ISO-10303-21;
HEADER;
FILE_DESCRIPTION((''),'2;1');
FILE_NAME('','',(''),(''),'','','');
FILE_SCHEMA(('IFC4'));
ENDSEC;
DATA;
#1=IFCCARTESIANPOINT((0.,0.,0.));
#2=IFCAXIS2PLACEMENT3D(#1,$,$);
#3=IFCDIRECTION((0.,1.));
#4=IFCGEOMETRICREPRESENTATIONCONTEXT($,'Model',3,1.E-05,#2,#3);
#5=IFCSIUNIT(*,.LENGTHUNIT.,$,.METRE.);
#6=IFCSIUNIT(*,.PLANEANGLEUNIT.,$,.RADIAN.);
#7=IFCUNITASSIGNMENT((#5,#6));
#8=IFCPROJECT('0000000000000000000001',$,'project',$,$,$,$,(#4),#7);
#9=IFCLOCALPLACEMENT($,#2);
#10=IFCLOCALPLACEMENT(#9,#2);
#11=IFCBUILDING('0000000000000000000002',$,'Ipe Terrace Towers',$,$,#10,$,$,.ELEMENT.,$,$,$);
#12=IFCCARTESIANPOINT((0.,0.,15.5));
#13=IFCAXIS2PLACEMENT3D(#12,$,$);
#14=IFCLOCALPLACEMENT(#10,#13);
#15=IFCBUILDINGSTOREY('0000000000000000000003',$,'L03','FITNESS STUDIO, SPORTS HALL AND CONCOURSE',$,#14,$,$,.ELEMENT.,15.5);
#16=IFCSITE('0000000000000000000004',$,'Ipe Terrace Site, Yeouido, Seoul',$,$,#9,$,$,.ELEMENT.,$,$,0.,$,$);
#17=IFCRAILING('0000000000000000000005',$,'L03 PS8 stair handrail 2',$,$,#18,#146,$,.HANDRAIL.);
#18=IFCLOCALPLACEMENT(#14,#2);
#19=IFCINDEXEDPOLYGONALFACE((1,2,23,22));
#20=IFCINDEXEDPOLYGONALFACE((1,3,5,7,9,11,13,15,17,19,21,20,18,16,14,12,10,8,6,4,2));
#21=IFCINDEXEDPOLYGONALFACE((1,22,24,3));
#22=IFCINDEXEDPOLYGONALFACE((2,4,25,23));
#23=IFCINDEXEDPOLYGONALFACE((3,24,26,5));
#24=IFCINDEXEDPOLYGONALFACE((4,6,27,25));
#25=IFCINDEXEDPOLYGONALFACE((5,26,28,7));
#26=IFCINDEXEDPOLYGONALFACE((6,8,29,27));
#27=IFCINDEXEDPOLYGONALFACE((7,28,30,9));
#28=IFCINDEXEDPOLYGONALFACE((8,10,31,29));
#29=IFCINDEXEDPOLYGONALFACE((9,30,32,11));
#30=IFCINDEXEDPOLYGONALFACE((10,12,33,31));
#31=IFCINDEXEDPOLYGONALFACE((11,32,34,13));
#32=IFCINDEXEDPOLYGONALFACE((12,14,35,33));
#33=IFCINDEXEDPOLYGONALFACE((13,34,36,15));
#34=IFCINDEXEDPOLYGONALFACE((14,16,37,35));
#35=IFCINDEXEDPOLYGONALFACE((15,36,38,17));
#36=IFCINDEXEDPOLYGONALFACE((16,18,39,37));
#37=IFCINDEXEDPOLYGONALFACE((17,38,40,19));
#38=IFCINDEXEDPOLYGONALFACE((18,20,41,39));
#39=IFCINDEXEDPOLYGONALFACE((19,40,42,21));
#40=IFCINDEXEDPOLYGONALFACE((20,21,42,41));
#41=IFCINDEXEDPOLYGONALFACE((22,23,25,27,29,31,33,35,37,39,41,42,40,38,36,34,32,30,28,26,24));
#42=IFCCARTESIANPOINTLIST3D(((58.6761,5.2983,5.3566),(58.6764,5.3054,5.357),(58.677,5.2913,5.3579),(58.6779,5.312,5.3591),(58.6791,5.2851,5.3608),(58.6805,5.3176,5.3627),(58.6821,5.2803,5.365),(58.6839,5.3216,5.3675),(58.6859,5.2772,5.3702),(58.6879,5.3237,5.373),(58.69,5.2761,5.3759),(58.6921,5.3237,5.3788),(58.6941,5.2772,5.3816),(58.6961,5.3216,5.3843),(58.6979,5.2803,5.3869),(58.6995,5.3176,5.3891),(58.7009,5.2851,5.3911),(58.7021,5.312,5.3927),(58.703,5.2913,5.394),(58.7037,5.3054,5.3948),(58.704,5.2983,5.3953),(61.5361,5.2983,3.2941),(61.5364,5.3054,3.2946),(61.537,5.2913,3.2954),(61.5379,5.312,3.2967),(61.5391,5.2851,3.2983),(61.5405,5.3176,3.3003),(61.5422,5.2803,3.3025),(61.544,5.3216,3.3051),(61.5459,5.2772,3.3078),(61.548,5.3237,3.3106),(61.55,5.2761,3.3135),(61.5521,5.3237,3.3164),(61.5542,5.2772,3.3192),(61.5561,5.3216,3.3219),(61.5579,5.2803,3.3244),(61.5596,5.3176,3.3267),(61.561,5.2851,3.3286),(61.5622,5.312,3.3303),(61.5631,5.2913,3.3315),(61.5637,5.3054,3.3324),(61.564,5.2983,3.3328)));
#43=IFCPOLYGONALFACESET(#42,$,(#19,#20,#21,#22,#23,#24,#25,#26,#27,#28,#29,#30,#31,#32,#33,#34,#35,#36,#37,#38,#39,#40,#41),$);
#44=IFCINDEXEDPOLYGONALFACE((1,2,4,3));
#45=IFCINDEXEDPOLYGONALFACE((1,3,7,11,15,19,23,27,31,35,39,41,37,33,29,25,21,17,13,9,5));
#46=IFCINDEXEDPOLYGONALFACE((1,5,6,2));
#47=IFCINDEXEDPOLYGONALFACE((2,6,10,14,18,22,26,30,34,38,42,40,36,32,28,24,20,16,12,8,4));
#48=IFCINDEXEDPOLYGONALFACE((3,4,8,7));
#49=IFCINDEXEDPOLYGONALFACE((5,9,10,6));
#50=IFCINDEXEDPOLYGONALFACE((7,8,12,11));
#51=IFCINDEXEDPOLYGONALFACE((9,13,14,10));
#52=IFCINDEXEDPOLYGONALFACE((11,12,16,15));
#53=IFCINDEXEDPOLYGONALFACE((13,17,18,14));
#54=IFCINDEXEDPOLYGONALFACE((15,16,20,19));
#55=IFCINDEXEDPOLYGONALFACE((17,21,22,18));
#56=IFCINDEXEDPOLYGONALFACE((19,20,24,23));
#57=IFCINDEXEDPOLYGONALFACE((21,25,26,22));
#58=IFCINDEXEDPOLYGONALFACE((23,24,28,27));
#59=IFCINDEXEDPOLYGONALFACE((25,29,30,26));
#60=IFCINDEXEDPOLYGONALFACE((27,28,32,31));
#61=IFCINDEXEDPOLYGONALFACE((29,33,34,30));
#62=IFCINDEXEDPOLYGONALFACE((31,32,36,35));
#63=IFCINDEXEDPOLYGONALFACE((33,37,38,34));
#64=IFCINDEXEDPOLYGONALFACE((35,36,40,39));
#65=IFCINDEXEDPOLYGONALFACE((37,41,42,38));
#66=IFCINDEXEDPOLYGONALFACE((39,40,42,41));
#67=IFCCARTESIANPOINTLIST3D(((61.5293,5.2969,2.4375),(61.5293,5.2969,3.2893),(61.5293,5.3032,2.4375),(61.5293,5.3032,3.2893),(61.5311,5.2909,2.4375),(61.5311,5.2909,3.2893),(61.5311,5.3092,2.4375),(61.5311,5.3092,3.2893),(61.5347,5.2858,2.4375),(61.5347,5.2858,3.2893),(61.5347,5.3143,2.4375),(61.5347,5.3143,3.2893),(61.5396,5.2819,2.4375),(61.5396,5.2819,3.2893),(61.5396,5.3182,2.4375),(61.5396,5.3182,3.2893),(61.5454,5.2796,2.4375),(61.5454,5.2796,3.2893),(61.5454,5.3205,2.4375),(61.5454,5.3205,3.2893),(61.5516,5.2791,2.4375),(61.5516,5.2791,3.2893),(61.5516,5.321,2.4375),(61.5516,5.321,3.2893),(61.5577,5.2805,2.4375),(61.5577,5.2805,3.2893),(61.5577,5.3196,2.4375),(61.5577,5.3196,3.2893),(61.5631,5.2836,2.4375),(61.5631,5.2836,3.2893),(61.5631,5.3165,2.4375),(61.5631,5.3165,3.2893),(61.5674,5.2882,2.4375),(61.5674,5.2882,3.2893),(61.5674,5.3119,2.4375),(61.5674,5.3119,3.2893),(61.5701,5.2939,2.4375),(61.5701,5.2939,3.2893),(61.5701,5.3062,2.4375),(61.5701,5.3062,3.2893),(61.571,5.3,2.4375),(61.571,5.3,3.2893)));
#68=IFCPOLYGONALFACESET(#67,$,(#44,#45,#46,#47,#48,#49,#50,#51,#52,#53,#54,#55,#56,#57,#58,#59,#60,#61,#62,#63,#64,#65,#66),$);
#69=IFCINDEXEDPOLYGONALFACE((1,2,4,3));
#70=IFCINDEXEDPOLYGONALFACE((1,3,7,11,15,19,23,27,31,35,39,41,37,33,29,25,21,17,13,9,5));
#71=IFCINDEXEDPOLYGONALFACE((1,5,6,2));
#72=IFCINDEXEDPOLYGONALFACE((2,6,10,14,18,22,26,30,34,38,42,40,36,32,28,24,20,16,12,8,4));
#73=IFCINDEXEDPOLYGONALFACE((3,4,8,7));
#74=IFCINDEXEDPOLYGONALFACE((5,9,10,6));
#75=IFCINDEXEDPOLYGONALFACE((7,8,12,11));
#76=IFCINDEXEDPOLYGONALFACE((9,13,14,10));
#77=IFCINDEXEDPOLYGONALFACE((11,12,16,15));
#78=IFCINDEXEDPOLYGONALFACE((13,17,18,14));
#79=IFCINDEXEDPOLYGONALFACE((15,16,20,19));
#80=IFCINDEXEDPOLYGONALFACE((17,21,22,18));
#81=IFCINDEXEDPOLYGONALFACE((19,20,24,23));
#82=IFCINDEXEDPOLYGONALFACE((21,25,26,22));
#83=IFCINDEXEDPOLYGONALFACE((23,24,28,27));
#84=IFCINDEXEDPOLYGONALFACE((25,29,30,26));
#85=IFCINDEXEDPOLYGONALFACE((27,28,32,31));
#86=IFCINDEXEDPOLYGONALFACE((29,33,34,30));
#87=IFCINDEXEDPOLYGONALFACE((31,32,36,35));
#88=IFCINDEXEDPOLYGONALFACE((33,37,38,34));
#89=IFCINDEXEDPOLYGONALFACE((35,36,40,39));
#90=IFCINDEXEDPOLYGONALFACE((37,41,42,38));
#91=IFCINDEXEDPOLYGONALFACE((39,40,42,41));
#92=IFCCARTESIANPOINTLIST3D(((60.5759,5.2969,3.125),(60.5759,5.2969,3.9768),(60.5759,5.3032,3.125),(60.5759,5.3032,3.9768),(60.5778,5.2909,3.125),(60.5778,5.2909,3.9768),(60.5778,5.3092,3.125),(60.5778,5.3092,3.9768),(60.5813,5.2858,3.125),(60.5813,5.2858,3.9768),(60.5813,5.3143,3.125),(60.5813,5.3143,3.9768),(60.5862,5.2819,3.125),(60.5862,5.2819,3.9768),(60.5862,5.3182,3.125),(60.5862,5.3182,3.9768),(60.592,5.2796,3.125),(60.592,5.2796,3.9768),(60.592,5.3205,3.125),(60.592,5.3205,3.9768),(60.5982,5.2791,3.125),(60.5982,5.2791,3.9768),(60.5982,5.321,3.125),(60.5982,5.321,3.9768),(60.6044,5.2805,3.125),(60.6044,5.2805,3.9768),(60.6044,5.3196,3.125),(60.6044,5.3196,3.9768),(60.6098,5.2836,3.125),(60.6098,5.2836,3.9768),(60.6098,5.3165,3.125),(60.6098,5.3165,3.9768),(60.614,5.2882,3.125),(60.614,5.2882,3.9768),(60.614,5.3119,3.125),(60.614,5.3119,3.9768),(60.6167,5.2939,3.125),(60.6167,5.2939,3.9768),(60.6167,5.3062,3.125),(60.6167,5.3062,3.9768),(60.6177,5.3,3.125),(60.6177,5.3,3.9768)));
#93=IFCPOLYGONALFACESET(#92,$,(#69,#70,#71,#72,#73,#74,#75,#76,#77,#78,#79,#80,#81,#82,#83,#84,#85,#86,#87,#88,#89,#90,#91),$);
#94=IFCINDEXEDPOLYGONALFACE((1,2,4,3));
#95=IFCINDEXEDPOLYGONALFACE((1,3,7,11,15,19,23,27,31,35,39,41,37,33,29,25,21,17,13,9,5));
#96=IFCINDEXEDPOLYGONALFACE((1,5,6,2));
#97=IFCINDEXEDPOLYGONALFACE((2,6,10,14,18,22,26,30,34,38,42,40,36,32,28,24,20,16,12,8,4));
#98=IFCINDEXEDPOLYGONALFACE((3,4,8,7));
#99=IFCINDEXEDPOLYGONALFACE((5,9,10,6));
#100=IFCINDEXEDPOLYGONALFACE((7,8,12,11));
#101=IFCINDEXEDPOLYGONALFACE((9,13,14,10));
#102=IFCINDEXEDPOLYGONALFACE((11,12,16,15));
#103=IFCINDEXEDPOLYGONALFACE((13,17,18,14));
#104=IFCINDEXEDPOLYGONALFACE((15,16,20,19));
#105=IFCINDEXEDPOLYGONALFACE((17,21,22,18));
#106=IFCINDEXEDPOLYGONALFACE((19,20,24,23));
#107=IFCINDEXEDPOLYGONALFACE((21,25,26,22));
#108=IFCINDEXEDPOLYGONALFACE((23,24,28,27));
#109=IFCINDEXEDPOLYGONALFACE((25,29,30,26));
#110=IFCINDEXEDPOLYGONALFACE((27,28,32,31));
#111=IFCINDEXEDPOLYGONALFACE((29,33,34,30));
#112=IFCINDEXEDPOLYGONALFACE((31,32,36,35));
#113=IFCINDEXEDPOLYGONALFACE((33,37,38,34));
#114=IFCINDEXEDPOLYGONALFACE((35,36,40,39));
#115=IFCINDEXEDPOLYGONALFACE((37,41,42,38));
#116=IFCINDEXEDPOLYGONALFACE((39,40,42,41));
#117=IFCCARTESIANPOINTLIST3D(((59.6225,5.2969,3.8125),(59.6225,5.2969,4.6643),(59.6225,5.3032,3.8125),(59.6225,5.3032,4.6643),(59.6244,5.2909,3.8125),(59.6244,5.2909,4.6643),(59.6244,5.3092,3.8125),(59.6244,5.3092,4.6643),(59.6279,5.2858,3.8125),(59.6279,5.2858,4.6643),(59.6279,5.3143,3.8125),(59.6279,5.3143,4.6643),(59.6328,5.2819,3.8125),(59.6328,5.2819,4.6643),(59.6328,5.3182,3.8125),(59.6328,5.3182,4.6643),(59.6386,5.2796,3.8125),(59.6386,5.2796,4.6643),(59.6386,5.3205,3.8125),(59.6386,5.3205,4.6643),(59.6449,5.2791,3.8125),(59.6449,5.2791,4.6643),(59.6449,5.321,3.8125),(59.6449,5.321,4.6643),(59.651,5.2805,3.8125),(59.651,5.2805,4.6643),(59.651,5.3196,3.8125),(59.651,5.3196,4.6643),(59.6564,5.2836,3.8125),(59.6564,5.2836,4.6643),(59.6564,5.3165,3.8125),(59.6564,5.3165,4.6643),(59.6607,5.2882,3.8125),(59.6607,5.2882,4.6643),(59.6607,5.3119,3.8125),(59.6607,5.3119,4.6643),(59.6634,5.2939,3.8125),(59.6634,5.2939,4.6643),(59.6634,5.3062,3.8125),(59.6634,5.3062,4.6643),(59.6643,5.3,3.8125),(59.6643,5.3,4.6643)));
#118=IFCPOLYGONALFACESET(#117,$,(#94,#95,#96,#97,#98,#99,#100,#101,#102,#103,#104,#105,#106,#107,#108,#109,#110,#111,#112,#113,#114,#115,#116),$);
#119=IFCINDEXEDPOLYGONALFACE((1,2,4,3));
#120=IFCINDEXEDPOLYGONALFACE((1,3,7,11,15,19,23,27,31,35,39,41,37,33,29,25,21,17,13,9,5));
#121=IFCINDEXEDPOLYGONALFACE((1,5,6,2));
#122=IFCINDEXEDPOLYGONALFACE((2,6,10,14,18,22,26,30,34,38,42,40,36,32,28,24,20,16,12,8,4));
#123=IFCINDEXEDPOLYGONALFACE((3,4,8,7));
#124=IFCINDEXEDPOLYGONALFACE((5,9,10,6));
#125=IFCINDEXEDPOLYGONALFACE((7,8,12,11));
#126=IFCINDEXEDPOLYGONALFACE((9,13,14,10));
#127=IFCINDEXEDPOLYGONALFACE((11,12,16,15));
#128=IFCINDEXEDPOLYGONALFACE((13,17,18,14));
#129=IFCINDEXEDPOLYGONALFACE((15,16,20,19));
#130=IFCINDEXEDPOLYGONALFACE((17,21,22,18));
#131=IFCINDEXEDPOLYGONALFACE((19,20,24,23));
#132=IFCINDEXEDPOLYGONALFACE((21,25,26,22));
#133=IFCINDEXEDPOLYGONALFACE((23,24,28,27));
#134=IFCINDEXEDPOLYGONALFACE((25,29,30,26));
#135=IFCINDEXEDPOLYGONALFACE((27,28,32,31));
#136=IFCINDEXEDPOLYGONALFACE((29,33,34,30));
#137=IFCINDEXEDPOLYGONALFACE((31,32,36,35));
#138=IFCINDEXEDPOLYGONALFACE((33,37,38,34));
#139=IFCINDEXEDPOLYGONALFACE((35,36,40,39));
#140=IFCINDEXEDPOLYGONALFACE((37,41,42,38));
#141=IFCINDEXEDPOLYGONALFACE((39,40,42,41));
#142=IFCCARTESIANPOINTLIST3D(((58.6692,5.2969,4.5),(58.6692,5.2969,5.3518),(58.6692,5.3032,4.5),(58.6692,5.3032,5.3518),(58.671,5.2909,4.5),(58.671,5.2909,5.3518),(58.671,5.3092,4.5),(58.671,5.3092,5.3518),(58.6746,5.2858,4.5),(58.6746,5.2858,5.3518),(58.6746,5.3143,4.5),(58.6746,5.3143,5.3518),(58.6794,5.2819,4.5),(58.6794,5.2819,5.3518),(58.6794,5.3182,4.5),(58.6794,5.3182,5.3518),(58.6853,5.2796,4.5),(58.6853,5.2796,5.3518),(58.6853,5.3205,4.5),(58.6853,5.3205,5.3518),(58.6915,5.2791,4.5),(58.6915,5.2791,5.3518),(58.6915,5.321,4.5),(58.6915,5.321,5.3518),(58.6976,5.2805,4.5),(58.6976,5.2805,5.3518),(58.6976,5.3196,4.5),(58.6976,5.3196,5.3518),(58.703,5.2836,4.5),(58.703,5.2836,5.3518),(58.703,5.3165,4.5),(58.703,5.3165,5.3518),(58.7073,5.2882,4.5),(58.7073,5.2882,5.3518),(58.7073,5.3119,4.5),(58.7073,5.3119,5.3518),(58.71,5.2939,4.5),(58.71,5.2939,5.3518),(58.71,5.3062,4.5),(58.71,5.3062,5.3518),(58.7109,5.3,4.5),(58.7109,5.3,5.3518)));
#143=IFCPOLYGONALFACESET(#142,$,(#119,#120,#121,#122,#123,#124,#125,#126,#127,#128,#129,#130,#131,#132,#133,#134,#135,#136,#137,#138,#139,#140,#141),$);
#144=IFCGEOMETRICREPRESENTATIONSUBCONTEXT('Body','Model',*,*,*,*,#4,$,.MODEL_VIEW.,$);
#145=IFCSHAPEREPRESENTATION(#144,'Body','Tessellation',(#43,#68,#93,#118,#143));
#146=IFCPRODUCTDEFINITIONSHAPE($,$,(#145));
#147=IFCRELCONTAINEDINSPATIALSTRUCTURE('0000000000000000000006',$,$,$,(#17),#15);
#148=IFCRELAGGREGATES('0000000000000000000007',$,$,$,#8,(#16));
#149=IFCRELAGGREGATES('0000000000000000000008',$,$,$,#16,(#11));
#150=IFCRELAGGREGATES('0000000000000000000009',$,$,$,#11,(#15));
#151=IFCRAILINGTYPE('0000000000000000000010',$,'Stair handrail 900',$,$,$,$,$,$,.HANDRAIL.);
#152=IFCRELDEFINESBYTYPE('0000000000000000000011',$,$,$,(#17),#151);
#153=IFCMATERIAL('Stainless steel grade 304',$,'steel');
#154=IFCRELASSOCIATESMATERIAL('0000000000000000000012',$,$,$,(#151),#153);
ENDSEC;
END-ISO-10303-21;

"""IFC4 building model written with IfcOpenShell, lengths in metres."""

from ifc_helpers import new_model, si_unit, direction, frame, origin, origin_2d, place, context, subcontext, project, spatial, circle, extrude, material, type_object, element, save


model = new_model("IFC4")

# Units and contexts
model_context = context("Model", 3, precision=1e-05, world=origin(), true_north=direction((0.0, 1.0)))
body_context = subcontext(model_context, "Body", "Model", "MODEL_VIEW")
ifc_project = project(units=[si_unit("LENGTHUNIT", "METRE"), si_unit("PLANEANGLEUNIT", "RADIAN")], contexts=[model_context])

# Site, building, storey
site_placement = place(None, origin())
site = spatial("IfcSite", under=ifc_project, at=site_placement, Name="Ipe Terrace Site, Yeouido, Seoul", CompositionType="ELEMENT", RefElevation=0.0)
building_placement = place(site_placement, origin())
building = spatial("IfcBuilding", under=site, at=building_placement, Name="Ipe Terrace Towers", CompositionType="ELEMENT")
storey_placement = place(building_placement, frame((0.0, 0.0, 15.5)))
storey = spatial("IfcBuildingStorey", under=building, at=storey_placement, Name="L03", Description="FITNESS STUDIO, SPORTS HALL AND CONCOURSE", CompositionType="ELEMENT", Elevation=15.5)

# Railing
ifc_material_1 = material(Name="Stainless steel grade 304", Category="steel")
railing_type_1 = type_object("IfcRailingType", Name="Stair handrail 900", PredefinedType="HANDRAIL", material=ifc_material_1)
railing_1_placement = place(storey_placement, frame((61.55, 5.3, 2.4375)))
element("IfcRailing", 1, at=railing_1_placement, inside=storey, type_object=railing_type_1, Name="L03 PS8 stair handrail 2", PredefinedType="HANDRAIL", context=body_context, shape_type="SweptSolid", body=[
    extrude(circle(Radius=0.0239, at=origin_2d()), frame((0.0, 0.0, 0.876), z_axis=(-0.811101, 0.0, 0.584906), x_axis=(0.0, -1.0, 0.0)), (0.0, 0.0, 1.0), 3.5261),
    extrude(circle(Radius=0.021, at=origin_2d()), origin(), (0.0, 0.0, 1.0), 0.8518),
    extrude(circle(Radius=0.021, at=origin_2d()), frame((-0.9534, 0.0, 0.6875)), (0.0, 0.0, 1.0), 0.8518),
    extrude(circle(Radius=0.021, at=origin_2d()), frame((-1.9067, 0.0, 1.375)), (0.0, 0.0, 1.0), 0.8518),
    extrude(circle(Radius=0.021, at=origin_2d()), frame((-2.8601, 0.0, 2.0625)), (0.0, 0.0, 1.0), 0.8518),
])

save(model, "model.ifc")
